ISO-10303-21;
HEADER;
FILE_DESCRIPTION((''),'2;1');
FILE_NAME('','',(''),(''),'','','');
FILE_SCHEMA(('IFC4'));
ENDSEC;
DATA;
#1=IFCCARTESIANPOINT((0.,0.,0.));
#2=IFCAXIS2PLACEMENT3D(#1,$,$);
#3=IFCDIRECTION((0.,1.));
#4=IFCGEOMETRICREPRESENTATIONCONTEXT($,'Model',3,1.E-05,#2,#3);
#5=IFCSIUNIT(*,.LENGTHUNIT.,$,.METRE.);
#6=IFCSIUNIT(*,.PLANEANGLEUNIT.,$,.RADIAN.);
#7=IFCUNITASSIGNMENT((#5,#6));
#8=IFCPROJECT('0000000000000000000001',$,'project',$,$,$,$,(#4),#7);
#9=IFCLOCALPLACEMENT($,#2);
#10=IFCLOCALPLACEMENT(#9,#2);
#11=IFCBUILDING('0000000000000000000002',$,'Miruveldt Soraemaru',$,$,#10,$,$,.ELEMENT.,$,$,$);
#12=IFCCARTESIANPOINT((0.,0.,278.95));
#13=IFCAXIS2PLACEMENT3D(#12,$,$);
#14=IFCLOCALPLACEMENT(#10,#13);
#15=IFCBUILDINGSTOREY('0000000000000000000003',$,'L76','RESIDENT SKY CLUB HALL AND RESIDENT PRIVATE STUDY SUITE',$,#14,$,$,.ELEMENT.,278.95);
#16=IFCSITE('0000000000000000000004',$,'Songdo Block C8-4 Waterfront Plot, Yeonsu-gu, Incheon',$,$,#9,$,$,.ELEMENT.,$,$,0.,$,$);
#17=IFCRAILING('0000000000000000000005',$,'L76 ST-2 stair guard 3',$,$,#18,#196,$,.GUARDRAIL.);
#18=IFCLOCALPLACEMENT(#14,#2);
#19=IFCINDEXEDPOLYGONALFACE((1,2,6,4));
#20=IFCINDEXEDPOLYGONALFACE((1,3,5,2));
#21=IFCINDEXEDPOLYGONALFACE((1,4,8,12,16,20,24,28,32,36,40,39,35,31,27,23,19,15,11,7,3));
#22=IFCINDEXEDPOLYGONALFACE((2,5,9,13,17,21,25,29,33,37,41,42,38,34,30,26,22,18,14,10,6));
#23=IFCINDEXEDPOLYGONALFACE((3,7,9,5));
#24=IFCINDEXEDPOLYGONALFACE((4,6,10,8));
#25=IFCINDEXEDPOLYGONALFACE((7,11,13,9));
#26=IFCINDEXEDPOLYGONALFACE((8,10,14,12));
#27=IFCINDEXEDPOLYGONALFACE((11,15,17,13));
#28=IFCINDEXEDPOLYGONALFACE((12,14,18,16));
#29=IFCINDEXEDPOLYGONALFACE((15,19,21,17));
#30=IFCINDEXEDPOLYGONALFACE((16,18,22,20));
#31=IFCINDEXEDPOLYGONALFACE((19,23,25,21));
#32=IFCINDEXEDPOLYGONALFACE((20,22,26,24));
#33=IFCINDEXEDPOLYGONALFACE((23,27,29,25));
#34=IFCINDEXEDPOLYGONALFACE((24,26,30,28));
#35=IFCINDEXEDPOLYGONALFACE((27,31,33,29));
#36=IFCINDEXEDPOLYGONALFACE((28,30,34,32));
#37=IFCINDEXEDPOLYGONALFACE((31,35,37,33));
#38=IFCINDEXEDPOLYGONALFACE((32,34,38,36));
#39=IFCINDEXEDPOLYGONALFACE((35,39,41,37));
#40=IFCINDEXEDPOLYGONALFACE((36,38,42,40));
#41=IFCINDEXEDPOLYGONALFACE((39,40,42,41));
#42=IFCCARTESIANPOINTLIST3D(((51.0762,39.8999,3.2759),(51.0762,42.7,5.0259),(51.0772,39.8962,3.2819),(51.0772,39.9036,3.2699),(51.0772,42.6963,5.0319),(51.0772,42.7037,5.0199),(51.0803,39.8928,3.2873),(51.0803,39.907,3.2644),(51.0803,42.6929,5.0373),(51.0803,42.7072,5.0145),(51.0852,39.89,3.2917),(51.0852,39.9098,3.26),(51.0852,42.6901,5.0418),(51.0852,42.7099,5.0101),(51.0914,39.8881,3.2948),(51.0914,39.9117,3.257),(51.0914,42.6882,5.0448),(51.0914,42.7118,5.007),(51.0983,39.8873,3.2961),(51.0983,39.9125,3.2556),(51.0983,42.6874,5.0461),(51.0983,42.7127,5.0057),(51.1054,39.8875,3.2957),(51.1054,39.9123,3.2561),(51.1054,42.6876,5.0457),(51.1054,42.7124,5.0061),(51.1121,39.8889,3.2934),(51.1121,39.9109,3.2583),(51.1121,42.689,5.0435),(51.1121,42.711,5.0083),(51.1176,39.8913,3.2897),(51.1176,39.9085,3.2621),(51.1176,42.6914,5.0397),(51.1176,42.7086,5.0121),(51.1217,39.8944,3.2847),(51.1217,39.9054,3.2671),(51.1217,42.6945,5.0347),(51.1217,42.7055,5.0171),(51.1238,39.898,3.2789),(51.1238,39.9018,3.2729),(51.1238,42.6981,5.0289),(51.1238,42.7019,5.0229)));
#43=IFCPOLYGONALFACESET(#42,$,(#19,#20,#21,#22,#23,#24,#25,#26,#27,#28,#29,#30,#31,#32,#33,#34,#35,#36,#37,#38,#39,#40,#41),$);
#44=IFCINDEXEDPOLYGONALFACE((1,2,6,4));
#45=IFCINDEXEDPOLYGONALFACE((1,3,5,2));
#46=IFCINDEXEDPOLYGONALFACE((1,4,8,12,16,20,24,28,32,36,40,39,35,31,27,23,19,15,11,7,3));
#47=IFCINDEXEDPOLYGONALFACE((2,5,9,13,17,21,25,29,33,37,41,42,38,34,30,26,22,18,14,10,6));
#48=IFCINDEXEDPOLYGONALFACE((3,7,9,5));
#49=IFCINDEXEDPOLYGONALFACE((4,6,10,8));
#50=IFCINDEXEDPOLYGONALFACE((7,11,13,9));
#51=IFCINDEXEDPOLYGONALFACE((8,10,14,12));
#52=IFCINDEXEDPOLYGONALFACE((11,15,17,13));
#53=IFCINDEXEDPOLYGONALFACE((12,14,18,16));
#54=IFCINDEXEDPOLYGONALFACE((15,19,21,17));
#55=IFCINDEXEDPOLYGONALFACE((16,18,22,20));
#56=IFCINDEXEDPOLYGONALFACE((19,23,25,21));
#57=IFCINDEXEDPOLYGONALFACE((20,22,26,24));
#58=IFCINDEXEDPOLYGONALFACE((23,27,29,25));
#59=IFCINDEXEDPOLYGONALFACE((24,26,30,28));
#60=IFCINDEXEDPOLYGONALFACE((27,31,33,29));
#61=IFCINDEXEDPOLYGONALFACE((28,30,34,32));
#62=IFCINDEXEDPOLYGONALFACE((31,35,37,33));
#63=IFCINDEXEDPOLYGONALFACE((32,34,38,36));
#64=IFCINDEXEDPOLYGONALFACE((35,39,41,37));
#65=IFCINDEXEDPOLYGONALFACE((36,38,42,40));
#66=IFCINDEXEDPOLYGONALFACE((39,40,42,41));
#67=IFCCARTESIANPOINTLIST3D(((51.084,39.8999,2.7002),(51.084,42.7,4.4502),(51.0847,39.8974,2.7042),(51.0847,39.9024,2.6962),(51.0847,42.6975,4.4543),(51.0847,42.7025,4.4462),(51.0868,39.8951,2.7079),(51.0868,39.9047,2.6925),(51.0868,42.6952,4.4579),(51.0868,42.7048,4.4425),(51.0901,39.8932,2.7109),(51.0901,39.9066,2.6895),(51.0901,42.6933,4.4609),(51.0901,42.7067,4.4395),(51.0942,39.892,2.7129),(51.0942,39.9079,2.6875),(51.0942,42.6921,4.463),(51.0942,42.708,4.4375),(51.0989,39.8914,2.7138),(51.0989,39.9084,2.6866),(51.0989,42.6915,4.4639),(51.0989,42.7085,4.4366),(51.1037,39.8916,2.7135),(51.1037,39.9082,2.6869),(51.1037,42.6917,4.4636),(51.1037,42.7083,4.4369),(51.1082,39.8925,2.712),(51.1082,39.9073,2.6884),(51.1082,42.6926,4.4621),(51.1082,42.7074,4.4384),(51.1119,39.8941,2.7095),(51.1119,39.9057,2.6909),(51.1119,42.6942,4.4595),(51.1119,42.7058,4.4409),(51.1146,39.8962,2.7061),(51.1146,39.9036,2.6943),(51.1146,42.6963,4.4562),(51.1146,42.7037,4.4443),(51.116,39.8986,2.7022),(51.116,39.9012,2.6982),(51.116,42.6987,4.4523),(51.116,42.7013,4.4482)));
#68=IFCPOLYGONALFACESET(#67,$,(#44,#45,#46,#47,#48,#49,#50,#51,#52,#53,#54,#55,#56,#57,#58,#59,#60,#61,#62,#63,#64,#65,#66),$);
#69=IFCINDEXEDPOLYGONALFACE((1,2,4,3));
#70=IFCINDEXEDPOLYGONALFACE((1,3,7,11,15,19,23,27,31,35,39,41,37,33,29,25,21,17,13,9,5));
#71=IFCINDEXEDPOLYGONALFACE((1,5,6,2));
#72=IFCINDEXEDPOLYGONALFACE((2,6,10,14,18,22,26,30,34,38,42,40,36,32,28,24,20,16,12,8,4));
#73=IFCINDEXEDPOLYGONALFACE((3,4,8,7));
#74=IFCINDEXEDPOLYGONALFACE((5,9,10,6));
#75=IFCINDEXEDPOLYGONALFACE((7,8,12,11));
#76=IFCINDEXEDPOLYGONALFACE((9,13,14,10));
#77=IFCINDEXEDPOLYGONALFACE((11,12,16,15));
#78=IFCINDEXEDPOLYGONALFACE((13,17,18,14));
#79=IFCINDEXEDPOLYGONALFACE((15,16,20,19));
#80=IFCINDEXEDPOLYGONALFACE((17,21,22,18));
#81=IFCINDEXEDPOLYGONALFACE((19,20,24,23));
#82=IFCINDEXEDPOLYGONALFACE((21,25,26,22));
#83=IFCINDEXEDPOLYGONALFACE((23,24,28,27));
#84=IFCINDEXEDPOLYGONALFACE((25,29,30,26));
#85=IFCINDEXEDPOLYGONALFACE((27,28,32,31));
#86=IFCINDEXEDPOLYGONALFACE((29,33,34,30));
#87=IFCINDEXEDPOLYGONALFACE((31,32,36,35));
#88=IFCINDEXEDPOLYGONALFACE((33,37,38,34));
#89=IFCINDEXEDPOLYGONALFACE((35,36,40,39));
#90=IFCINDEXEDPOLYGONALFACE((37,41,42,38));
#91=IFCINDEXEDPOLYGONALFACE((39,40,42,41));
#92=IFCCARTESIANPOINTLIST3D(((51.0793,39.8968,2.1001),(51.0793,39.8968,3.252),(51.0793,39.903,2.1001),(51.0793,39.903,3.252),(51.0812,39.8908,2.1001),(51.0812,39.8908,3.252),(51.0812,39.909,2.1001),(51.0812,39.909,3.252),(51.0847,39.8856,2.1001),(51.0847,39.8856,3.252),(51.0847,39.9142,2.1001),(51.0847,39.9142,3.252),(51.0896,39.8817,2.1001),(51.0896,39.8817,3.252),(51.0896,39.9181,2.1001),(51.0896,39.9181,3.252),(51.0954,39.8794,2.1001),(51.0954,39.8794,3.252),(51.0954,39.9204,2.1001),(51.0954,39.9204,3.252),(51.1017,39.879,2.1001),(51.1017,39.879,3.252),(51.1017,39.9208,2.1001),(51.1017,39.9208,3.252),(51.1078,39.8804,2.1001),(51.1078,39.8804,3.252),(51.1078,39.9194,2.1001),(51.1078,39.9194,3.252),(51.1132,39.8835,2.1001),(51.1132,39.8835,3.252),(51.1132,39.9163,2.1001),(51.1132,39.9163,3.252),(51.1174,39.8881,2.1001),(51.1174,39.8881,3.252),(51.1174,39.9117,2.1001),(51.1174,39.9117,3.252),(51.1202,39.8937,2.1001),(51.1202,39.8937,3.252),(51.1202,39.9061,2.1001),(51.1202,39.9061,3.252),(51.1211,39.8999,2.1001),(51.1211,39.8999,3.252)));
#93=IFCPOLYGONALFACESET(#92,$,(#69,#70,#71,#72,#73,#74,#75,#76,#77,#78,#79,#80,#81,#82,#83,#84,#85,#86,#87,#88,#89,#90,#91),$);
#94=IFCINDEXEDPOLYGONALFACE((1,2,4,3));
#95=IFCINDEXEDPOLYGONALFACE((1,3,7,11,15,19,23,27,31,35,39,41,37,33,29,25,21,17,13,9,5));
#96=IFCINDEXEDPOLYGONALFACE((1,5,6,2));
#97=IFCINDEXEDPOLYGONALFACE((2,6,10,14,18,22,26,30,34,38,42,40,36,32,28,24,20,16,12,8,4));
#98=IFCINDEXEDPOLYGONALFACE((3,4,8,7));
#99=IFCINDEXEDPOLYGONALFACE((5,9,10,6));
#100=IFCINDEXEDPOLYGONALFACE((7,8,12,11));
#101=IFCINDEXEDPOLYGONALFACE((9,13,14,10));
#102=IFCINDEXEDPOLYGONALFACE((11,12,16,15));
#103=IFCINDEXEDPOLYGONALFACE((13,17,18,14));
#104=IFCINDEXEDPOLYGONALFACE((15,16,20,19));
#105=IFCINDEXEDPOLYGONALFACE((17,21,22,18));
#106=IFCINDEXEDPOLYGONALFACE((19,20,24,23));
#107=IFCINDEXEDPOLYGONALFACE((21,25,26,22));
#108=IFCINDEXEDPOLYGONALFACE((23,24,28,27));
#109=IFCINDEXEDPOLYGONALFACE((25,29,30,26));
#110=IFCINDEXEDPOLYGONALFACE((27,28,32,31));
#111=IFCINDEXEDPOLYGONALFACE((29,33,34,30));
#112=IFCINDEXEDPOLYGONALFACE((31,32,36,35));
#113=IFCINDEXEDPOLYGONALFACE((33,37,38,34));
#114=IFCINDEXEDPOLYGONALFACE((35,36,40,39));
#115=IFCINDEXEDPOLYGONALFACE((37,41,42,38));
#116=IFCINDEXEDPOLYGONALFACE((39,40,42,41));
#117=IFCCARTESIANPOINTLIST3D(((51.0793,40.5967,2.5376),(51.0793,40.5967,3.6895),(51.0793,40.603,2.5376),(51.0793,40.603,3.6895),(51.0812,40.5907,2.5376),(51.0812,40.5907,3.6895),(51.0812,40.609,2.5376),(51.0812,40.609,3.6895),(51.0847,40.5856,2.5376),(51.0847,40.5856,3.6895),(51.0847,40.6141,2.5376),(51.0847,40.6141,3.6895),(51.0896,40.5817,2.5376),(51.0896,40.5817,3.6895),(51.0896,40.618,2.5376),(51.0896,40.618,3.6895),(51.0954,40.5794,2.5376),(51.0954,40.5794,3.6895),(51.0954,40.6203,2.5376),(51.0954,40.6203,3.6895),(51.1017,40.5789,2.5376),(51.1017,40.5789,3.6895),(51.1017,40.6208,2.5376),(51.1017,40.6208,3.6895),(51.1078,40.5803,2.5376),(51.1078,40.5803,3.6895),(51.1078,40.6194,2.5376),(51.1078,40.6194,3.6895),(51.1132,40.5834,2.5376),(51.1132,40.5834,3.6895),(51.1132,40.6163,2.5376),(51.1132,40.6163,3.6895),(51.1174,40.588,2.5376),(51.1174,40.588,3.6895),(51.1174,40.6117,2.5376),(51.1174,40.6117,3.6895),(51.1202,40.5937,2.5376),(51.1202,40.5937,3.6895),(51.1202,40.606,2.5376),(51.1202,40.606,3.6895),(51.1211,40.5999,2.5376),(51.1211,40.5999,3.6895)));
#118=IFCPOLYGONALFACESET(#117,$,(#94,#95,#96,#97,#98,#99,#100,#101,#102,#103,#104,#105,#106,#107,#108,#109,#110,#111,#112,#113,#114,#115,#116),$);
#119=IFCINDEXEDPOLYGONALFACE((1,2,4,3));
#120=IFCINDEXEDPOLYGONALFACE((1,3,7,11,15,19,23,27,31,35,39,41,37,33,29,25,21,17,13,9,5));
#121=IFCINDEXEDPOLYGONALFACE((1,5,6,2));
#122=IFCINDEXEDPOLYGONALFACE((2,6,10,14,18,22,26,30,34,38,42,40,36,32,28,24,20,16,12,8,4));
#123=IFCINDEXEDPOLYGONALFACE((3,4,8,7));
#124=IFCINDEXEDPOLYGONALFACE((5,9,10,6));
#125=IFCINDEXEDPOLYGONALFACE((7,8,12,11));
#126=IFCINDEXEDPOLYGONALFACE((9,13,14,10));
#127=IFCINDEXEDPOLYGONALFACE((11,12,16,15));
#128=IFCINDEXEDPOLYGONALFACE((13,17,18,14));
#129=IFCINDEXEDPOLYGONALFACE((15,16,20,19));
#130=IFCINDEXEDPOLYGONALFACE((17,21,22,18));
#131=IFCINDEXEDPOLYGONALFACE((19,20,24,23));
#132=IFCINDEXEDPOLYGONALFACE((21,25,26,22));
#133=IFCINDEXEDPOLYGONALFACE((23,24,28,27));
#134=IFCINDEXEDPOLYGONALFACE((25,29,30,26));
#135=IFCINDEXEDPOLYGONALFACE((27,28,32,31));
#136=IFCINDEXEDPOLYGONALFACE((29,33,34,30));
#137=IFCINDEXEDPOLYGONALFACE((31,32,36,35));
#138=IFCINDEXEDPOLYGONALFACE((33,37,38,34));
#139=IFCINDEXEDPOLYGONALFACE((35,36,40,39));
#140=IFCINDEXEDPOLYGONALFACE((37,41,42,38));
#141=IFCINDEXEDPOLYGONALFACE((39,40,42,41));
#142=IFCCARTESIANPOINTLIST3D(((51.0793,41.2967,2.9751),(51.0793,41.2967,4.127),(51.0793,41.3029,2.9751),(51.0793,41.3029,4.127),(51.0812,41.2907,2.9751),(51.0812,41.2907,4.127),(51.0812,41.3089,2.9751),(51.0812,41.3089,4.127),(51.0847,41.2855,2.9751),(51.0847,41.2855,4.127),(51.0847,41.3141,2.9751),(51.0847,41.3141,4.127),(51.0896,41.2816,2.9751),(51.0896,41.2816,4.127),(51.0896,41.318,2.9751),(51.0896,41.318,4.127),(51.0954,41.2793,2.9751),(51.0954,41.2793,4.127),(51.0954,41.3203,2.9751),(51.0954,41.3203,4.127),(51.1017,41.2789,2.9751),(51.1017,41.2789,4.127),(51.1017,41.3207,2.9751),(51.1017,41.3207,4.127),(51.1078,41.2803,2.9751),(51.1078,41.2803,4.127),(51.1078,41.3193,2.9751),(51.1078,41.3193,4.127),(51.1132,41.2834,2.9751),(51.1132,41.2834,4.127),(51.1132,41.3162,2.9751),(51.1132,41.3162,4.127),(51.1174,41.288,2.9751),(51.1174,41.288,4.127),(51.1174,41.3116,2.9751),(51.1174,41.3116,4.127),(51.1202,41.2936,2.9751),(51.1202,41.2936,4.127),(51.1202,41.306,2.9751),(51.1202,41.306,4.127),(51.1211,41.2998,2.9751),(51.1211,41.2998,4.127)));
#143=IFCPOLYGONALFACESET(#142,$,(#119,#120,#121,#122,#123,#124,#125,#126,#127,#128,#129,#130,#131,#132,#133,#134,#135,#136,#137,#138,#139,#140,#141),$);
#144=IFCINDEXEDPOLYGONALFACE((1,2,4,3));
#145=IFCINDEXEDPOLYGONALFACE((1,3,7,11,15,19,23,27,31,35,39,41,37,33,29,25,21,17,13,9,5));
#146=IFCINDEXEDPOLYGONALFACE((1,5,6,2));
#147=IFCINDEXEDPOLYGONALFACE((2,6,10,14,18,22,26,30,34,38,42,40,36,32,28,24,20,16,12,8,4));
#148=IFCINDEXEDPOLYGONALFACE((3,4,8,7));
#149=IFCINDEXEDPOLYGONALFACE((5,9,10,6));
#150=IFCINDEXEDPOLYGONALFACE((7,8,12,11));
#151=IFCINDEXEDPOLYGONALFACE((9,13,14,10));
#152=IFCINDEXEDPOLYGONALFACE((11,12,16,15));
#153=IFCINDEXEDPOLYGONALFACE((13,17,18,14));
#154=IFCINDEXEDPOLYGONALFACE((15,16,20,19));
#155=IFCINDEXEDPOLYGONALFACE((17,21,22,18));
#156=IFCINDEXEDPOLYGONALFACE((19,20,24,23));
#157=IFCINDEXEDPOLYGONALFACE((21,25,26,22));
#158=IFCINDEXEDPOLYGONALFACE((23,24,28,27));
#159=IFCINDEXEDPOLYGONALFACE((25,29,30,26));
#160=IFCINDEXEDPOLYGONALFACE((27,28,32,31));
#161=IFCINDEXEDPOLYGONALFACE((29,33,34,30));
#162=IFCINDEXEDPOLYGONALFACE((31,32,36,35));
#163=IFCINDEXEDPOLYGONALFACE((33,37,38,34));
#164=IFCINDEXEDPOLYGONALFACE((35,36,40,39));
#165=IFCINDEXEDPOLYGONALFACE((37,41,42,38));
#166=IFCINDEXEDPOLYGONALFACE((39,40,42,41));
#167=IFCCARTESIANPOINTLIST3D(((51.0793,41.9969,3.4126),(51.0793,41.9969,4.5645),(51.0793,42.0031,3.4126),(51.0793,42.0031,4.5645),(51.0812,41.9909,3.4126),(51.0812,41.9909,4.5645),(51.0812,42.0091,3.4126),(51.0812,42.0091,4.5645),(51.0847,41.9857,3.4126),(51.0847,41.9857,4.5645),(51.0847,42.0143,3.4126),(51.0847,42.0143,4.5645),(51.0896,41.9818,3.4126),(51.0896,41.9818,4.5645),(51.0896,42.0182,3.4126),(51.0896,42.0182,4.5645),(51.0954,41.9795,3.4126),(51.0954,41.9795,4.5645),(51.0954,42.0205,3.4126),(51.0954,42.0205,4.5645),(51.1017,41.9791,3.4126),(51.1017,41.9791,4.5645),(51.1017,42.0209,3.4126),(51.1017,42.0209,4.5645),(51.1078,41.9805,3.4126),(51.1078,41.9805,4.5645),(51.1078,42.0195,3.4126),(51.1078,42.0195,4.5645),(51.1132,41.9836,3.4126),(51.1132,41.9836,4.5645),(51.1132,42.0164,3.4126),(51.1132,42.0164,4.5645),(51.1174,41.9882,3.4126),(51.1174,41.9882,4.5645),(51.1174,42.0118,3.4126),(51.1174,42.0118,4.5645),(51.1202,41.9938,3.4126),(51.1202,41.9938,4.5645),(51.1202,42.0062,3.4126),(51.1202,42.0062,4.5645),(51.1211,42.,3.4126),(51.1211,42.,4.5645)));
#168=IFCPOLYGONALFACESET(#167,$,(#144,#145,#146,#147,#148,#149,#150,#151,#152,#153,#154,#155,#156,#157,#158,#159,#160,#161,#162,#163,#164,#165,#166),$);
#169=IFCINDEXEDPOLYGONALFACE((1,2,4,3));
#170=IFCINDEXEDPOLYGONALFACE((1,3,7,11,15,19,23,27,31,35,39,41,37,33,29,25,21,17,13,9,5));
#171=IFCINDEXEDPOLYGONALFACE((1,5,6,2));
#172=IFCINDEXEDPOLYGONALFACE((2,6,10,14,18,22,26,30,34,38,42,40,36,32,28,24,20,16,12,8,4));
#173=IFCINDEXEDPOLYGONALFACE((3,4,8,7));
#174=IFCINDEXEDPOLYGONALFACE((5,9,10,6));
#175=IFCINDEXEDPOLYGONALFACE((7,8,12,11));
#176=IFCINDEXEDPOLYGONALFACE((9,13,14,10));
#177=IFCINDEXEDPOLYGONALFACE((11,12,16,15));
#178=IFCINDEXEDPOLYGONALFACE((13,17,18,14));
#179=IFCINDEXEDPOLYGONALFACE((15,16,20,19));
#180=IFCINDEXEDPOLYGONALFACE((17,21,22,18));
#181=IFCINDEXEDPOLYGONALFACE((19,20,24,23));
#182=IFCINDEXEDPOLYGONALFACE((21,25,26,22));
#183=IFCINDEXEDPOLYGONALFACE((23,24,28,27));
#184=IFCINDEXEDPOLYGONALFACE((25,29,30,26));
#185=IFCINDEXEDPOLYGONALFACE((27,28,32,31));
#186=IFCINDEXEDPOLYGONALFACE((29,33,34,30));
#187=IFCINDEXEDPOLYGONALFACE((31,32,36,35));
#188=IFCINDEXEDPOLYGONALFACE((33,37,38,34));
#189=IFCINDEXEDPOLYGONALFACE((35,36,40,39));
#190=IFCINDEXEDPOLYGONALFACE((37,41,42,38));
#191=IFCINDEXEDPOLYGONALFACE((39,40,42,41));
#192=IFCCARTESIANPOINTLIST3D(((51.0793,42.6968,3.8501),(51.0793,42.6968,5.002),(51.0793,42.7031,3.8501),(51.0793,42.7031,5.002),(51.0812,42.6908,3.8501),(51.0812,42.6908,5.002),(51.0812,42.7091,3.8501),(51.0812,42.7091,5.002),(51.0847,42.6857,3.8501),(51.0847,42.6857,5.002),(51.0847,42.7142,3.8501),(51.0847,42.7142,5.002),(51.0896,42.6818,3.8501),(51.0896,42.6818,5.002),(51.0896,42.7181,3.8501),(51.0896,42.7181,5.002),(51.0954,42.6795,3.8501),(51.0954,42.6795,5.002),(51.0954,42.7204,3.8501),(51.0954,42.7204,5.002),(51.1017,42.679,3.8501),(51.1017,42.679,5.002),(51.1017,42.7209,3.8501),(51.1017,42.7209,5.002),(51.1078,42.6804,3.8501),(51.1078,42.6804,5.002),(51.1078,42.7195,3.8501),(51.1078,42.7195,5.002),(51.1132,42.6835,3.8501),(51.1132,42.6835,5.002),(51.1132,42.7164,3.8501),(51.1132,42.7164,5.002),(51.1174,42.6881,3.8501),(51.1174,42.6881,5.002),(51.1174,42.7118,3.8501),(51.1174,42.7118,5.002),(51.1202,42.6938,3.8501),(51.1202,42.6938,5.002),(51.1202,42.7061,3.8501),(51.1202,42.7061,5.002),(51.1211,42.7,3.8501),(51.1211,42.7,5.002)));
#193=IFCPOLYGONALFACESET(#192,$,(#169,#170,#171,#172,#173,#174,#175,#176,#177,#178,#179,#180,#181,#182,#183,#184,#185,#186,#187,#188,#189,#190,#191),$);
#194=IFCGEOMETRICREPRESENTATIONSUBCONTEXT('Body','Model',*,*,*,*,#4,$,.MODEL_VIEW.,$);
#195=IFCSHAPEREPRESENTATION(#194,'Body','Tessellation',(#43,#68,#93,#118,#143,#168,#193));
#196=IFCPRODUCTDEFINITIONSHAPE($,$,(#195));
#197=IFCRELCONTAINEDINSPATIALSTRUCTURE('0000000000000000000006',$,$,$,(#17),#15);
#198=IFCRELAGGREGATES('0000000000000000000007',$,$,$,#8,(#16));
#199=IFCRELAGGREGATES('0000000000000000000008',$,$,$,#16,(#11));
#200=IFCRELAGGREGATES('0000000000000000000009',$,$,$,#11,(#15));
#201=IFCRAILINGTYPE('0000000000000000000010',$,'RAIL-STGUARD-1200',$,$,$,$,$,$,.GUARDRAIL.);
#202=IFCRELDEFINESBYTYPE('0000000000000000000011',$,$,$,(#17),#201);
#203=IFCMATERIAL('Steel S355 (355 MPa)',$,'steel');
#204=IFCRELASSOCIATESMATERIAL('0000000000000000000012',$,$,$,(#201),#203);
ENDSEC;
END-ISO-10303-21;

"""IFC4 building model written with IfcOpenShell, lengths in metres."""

from ifc_helpers import new_model, si_unit, direction, frame, origin, origin_2d, place, context, subcontext, project, spatial, circle, extrude, material, type_object, element, save


model = new_model("IFC4")

# Units and contexts
model_context = context("Model", 3, precision=1e-05, world=origin(), true_north=direction((0.0, 1.0)))
body_context = subcontext(model_context, "Body", "Model", "MODEL_VIEW")
ifc_project = project(units=[si_unit("LENGTHUNIT", "METRE"), si_unit("PLANEANGLEUNIT", "RADIAN")], contexts=[model_context])

# Site, building, storey
site_placement = place(None, origin())
site = spatial("IfcSite", under=ifc_project, at=site_placement, Name="Songdo Block C8-4 Waterfront Plot, Yeonsu-gu, Incheon", CompositionType="ELEMENT", RefElevation=0.0)
building_placement = place(site_placement, origin())
building = spatial("IfcBuilding", under=site, at=building_placement, Name="Miruveldt Soraemaru", CompositionType="ELEMENT")
storey_placement = place(building_placement, frame((0.0, 0.0, 278.95)))
storey = spatial("IfcBuildingStorey", under=building, at=storey_placement, Name="L76", Description="RESIDENT SKY CLUB HALL AND RESIDENT PRIVATE STUDY SUITE", CompositionType="ELEMENT", Elevation=278.95)

# Railing
ifc_material_1 = material(Name="Steel S355 (355 MPa)", Category="steel")
railing_type_1 = type_object("IfcRailingType", Name="RAIL-STGUARD-1200", PredefinedType="GUARDRAIL", material=ifc_material_1)
railing_1_placement = place(storey_placement, frame((51.1001, 39.8999, 2.1001)))
element("IfcRailing", 1, at=railing_1_placement, inside=storey, type_object=railing_type_1, Name="L76 ST-2 stair guard 3", PredefinedType="GUARDRAIL", context=body_context, shape_type="SweptSolid", body=[
    extrude(circle(Radius=0.0239, at=origin_2d()), frame((0.0, 0.0, 1.1758), z_axis=(0.0, 0.848002, 0.529992), x_axis=(-1.0, 0.0, 0.0)), (0.0, 0.0, 1.0), 3.302),
    extrude(circle(Radius=0.0161, at=origin_2d()), frame((0.0, 0.0, 0.6001), z_axis=(0.0, 0.848002, 0.529992), x_axis=(-1.0, 0.0, 0.0)), (0.0, 0.0, 1.0), 3.302),
    extrude(circle(Radius=0.021, at=origin_2d()), origin(), (0.0, 0.0, 1.0), 1.1519),
    extrude(circle(Radius=0.021, at=origin_2d()), frame((0.0, 0.7, 0.4375)), (0.0, 0.0, 1.0), 1.1519),
    extrude(circle(Radius=0.021, at=origin_2d()), frame((0.0, 1.3999, 0.875)), (0.0, 0.0, 1.0), 1.1519),
    extrude(circle(Radius=0.021, at=origin_2d()), frame((0.0, 2.1001, 1.3125)), (0.0, 0.0, 1.0), 1.1519),
    extrude(circle(Radius=0.021, at=origin_2d()), frame((0.0, 2.8, 1.75)), (0.0, 0.0, 1.0), 1.1519),
])

save(model, "model.ifc")
